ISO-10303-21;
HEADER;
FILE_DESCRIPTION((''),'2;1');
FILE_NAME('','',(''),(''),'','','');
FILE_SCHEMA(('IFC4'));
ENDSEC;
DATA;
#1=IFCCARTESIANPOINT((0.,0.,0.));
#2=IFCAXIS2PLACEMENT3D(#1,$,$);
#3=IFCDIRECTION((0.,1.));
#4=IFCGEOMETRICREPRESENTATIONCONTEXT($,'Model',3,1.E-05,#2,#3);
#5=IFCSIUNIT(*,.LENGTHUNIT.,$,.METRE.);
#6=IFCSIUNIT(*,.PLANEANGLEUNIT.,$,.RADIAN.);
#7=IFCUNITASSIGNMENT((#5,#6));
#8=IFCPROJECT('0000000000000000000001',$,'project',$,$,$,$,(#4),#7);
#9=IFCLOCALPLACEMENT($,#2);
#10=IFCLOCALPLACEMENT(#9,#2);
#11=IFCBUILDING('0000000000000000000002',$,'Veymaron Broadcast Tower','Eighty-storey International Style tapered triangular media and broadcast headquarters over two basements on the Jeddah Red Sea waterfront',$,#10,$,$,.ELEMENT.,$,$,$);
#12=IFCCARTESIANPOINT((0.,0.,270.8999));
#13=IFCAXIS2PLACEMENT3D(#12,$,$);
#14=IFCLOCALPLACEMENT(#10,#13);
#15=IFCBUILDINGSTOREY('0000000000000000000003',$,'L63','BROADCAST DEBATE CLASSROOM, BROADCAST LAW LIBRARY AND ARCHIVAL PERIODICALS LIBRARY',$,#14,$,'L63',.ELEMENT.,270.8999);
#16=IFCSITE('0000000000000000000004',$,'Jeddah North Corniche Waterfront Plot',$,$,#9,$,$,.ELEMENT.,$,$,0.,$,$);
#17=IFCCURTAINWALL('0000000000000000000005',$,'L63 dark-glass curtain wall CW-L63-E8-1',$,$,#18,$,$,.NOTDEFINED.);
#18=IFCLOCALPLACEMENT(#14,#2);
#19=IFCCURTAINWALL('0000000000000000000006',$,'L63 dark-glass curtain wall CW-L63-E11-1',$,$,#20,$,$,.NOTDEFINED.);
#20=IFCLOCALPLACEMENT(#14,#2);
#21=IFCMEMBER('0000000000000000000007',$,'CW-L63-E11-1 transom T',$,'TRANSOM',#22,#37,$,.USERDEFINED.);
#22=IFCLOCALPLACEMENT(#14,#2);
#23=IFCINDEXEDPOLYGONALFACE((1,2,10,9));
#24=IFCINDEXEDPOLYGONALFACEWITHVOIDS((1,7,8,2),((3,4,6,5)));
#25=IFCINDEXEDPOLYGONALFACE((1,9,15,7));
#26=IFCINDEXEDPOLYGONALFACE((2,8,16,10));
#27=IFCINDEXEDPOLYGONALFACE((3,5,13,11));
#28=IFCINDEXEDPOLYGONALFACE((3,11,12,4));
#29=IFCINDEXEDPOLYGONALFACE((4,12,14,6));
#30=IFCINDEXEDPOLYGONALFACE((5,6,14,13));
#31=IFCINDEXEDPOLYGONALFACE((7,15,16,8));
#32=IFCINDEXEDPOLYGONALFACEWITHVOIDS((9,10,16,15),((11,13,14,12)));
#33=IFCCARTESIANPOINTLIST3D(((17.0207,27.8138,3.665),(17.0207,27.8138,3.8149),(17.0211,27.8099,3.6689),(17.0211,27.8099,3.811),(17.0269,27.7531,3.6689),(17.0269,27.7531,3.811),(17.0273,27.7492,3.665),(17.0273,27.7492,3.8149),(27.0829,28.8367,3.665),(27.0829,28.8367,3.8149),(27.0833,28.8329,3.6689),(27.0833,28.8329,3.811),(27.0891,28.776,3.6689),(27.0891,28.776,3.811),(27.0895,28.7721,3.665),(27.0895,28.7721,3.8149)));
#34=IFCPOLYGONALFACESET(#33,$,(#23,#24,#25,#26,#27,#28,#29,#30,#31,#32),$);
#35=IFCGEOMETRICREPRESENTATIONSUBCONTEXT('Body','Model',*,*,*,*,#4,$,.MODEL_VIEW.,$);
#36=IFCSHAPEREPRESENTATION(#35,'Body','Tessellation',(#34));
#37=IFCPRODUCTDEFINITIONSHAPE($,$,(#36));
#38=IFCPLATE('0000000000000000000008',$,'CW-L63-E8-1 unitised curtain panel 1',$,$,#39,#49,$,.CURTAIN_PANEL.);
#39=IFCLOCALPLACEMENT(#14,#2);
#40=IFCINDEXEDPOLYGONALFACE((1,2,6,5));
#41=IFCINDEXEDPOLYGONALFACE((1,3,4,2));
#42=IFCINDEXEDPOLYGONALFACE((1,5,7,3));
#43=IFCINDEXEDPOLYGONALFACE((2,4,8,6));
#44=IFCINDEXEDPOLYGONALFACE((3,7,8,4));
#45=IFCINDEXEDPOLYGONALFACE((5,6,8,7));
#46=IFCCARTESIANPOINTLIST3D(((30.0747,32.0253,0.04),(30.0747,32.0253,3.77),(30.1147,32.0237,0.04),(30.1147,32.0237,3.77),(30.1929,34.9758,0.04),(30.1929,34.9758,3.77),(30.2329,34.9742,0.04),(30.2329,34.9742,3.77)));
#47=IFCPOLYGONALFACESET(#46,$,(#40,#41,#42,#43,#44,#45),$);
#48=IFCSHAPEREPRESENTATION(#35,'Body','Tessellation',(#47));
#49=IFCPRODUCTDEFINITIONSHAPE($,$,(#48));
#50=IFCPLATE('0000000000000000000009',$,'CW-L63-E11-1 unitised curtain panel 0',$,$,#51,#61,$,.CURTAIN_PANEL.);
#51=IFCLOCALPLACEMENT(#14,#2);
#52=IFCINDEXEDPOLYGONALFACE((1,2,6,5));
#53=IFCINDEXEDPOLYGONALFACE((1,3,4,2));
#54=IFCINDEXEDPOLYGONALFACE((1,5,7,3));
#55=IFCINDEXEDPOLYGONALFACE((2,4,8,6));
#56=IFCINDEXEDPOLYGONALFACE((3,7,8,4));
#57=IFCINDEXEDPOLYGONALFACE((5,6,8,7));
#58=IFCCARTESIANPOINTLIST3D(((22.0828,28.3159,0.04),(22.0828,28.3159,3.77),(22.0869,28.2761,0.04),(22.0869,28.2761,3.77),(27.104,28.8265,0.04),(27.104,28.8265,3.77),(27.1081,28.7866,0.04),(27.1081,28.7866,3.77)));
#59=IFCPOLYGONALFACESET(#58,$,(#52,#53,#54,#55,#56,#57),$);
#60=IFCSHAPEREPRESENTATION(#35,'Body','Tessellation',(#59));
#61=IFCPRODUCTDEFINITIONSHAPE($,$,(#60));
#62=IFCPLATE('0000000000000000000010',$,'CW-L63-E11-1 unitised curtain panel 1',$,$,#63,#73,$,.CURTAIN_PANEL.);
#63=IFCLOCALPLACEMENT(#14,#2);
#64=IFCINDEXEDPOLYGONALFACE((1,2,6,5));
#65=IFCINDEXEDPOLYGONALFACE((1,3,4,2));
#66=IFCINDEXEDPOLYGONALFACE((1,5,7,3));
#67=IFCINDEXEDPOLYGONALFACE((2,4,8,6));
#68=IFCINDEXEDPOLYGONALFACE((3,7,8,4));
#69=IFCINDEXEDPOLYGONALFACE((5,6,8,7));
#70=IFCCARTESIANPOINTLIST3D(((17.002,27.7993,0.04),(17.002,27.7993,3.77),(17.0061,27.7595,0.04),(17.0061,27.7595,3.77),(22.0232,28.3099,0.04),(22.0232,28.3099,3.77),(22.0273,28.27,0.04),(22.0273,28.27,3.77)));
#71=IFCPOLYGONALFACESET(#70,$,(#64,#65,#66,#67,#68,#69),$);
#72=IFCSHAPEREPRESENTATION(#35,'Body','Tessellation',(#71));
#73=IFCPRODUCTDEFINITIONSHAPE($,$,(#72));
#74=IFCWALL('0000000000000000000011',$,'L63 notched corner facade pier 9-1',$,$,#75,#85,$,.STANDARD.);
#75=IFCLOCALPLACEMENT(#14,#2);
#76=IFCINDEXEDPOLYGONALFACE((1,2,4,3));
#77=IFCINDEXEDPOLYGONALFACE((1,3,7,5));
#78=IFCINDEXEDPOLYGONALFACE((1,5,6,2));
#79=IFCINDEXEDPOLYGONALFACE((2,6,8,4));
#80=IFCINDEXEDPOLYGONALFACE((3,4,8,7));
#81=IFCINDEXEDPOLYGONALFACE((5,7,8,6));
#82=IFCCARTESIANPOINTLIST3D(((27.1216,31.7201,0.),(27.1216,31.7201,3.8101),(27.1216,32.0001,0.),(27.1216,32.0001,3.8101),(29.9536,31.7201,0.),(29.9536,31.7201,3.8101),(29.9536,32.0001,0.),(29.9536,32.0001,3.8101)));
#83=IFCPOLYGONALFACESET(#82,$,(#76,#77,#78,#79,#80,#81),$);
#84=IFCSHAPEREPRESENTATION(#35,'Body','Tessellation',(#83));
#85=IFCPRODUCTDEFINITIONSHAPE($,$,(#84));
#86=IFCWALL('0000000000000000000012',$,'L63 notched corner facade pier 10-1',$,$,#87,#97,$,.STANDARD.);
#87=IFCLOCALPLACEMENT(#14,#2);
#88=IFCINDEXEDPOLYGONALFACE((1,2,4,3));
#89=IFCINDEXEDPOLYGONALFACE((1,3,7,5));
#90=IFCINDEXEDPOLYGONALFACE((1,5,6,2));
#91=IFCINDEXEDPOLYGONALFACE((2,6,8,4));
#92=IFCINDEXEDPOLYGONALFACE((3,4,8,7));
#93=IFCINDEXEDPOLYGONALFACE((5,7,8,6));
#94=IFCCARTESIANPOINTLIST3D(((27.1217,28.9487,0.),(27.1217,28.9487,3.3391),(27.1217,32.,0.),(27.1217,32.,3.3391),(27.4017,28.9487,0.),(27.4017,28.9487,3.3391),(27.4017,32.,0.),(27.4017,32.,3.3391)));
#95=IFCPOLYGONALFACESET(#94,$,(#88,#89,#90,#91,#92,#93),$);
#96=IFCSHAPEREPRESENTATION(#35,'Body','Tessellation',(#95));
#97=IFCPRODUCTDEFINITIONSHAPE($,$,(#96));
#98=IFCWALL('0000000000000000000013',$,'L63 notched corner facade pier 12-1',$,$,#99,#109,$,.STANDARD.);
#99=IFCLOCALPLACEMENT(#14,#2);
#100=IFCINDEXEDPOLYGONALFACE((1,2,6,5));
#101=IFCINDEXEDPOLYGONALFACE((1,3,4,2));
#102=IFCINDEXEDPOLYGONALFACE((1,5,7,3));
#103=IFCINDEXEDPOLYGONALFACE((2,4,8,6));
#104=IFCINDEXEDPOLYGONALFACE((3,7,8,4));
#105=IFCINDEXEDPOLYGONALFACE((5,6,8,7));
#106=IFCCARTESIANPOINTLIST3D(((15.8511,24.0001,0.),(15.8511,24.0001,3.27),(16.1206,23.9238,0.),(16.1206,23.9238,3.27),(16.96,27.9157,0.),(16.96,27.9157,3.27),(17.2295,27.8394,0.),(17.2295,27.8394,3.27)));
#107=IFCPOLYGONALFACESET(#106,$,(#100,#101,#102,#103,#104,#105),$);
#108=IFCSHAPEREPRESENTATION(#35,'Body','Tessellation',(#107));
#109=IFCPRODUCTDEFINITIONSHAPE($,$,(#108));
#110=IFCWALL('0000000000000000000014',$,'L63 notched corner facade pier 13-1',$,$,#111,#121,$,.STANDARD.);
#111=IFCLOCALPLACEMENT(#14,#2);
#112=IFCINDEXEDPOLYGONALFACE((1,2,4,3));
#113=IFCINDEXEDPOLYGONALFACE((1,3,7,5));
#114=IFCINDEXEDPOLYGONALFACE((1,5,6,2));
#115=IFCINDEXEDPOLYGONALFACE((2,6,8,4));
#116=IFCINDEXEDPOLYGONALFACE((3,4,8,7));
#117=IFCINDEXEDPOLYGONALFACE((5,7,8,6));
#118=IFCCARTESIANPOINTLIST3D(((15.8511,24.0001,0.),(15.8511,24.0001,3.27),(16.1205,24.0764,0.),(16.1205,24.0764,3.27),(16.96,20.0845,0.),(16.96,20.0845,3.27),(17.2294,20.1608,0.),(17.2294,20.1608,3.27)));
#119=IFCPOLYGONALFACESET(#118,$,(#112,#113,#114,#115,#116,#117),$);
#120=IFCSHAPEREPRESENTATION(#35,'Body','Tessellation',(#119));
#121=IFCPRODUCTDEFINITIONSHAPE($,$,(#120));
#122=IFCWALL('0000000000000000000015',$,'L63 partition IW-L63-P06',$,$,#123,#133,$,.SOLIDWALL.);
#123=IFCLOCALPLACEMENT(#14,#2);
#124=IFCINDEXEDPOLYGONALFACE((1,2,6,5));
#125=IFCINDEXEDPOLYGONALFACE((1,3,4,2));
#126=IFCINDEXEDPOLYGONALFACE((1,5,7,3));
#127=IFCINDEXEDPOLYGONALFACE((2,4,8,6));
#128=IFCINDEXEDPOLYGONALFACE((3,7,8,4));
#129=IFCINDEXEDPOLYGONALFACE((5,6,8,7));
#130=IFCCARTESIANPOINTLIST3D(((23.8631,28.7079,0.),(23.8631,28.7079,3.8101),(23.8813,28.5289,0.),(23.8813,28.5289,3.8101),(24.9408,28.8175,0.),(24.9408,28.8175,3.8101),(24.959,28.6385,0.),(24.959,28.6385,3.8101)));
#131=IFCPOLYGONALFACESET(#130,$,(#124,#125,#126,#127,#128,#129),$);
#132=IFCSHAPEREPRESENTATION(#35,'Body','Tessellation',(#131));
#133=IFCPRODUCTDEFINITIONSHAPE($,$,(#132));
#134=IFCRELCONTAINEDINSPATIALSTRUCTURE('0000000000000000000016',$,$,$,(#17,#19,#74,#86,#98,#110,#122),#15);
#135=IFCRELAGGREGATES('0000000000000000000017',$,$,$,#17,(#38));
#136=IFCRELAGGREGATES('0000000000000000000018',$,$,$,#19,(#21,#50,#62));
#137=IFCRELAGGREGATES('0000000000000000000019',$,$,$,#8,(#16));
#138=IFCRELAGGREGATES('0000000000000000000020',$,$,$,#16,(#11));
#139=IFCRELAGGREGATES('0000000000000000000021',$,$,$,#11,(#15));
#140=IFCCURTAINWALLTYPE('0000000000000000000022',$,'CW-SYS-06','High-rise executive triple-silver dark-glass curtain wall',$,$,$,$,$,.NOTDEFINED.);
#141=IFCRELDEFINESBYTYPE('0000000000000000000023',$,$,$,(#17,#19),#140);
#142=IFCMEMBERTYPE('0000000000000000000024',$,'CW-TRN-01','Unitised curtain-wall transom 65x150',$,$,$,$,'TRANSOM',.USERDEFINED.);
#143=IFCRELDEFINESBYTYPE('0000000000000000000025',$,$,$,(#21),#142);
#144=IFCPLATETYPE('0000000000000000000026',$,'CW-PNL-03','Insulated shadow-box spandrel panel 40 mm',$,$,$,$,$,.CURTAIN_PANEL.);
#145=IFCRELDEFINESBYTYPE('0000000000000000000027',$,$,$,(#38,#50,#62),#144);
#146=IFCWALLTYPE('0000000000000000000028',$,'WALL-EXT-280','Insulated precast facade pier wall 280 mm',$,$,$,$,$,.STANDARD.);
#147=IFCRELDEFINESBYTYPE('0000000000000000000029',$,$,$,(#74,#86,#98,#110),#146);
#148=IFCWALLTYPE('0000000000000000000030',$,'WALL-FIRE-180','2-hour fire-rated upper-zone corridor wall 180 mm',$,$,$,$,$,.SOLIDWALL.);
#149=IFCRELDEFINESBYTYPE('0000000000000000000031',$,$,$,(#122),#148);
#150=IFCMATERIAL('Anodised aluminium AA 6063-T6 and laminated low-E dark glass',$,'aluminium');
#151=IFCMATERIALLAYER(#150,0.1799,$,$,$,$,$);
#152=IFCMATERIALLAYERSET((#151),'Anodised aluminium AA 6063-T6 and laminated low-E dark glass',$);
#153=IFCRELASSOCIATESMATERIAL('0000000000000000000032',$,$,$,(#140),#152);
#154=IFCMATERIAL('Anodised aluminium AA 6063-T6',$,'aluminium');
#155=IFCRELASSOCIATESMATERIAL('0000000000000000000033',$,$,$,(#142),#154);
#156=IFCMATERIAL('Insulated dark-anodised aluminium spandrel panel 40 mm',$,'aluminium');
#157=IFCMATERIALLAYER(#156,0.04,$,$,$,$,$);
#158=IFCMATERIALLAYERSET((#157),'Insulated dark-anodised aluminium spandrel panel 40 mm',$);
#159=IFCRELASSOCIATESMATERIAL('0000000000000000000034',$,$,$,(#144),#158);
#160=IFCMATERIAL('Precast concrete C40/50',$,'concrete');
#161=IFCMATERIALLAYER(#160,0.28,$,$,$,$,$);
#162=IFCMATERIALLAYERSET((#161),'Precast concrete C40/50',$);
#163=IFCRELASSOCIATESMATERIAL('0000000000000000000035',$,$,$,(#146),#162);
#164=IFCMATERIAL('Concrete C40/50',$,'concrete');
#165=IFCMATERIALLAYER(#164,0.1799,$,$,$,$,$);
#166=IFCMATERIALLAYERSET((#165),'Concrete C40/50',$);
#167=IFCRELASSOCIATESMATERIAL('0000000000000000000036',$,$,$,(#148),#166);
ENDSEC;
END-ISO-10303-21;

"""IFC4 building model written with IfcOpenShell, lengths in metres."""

from ifc_helpers import new_model, si_unit, direction, frame, frame_2d, origin, origin_2d, place, context, subcontext, project, spatial, rectangle, hollow_rectangle, extrude, material, layer, layer_set, material_profile, profile_set, type_object, element, aggregate, save


model = new_model("IFC4")

# Units and contexts
model_context = context("Model", 3, precision=1e-05, world=origin(), true_north=direction((0.0, 1.0)))
body_context = subcontext(model_context, "Body", "Model", "MODEL_VIEW")
ifc_project = project(units=[si_unit("LENGTHUNIT", "METRE"), si_unit("PLANEANGLEUNIT", "RADIAN")], contexts=[model_context])

# Site, building, storey
site_placement = place(None, origin())
site = spatial("IfcSite", under=ifc_project, at=site_placement, Name="Jeddah North Corniche Waterfront Plot", CompositionType="ELEMENT", RefElevation=0.0)
building_placement = place(site_placement, origin())
building = spatial("IfcBuilding", under=site, at=building_placement, Name="Veymaron Broadcast Tower", Description="Eighty-storey International Style tapered triangular media and broadcast headquarters over two basements on the Jeddah Red Sea waterfront", CompositionType="ELEMENT")
storey_placement = place(building_placement, frame((0.0, 0.0, 270.8999)))
storey = spatial("IfcBuildingStorey", under=building, at=storey_placement, Name="L63", Description="BROADCAST DEBATE CLASSROOM, BROADCAST LAW LIBRARY AND ARCHIVAL PERIODICALS LIBRARY", LongName="L63", CompositionType="ELEMENT", Elevation=270.8999)

# Shared definitions
ifc_material_1 = material(Name="Anodised aluminium AA 6063-T6 and laminated low-E dark glass", Category="aluminium")
ifc_layer_1 = layer(ifc_material_1, 0.1799)
ifc_layer_set_1 = layer_set([ifc_layer_1], Name="Anodised aluminium AA 6063-T6 and laminated low-E dark glass")
curtain_wall_type = type_object("IfcCurtainWallType", Name="CW-SYS-06", Description="High-rise executive triple-silver dark-glass curtain wall", PredefinedType="NOTDEFINED", material=ifc_layer_set_1)
ifc_material_2 = material(Name="Anodised aluminium AA 6063-T6", Category="aluminium")

# Curtain walls, member
curtain_wall_1_placement = place(storey_placement, origin())
curtain_wall_1 = element("IfcCurtainWall", 1, at=curtain_wall_1_placement, inside=storey, type_object=curtain_wall_type, Name="L63 dark-glass curtain wall CW-L63-E8-1", PredefinedType="NOTDEFINED")
curtain_wall_2_placement = place(storey_placement, origin())
curtain_wall_2 = element("IfcCurtainWall", 2, at=curtain_wall_2_placement, inside=storey, type_object=curtain_wall_type, Name="L63 dark-glass curtain wall CW-L63-E11-1", PredefinedType="NOTDEFINED")
ifc_material_profile_1 = material_profile(ifc_material_2, hollow_rectangle(XDim=0.0649, YDim=0.1499, WallThickness=0.0039, at=origin_2d()), Name="AL150X65X4")
ifc_profile_set_1 = profile_set([ifc_material_profile_1], Name="Anodised aluminium AA 6063-T6")
member_type_1 = type_object("IfcMemberType", Name="CW-TRN-01", Description="Unitised curtain-wall transom 65x150", ElementType="TRANSOM", PredefinedType="USERDEFINED", material=ifc_profile_set_1)
member_1_placement = place(storey_placement, frame((27.0862, 28.8044, 3.74), z_axis=(-0.994872, -0.101141, 0.0), x_axis=(0.101141, -0.994872, 0.0)))
member_1 = element("IfcMember", 3, at=member_1_placement, type_object=member_type_1, Name="CW-L63-E11-1 transom T", ObjectType="TRANSOM", PredefinedType="USERDEFINED", context=body_context, shape_type="SweptSolid", body=[
    extrude(hollow_rectangle(XDim=0.0649, YDim=0.1499, WallThickness=0.0039, at=origin_2d()), origin(), (0.0, 0.0, 1.0), 10.114),
])

# Plates
ifc_material_3 = material(Name="Insulated dark-anodised aluminium spandrel panel 40 mm", Category="aluminium")
ifc_layer_2 = layer(ifc_material_3, 0.04)
ifc_layer_set_2 = layer_set([ifc_layer_2], Name="Insulated dark-anodised aluminium spandrel panel 40 mm")
plate_type = type_object("IfcPlateType", Name="CW-PNL-03", Description="Insulated shadow-box spandrel panel 40 mm", PredefinedType="CURTAIN_PANEL", material=ifc_layer_set_2)
plate_1_placement = place(storey_placement, frame((30.1538, 33.4998, 0.04), z_axis=(0.0, 0.0, 1.0), x_axis=(-0.040045, -0.999198, 0.0)))
plate_1 = element("IfcPlate", 4, at=plate_1_placement, type_object=plate_type, Name="CW-L63-E8-1 unitised curtain panel 1", PredefinedType="CURTAIN_PANEL", context=body_context, shape_type="SweptSolid", body=[
    extrude(rectangle(XDim=2.9529, YDim=0.04, at=origin_2d()), origin(), (0.0, 0.0, 1.0), 3.73),
])
aggregate(curtain_wall_1, [plate_1])
plate_2_placement = place(storey_placement, frame((24.5955, 28.5513, 0.04), z_axis=(0.0, 0.0, 1.0), x_axis=(-0.99487, -0.10116, 0.0)))
plate_2 = element("IfcPlate", 5, at=plate_2_placement, type_object=plate_type, Name="CW-L63-E11-1 unitised curtain panel 0", PredefinedType="CURTAIN_PANEL", context=body_context, shape_type="SweptSolid", body=[
    extrude(rectangle(XDim=5.0471, YDim=0.04, at=origin_2d()), origin(), (0.0, 0.0, 1.0), 3.73),
])
plate_3_placement = place(storey_placement, frame((19.5146, 28.0347, 0.04), z_axis=(0.0, 0.0, 1.0), x_axis=(-0.99487, -0.10116, 0.0)))
plate_3 = element("IfcPlate", 6, at=plate_3_placement, type_object=plate_type, Name="CW-L63-E11-1 unitised curtain panel 1", PredefinedType="CURTAIN_PANEL", context=body_context, shape_type="SweptSolid", body=[
    extrude(rectangle(XDim=5.0471, YDim=0.04, at=origin_2d()), origin(), (0.0, 0.0, 1.0), 3.73),
])
aggregate(curtain_wall_2, [member_1, plate_2, plate_3])

# Walls
ifc_material_4 = material(Name="Precast concrete C40/50", Category="concrete")
ifc_layer_3 = layer(ifc_material_4, 0.28)
ifc_layer_set_3 = layer_set([ifc_layer_3], Name="Precast concrete C40/50")
wall_type_1 = type_object("IfcWallType", Name="WALL-EXT-280", Description="Insulated precast facade pier wall 280 mm", PredefinedType="STANDARD", material=ifc_layer_set_3)
wall_1_placement = place(storey_placement, frame((29.9536, 31.8601, 0.0), z_axis=(0.0, 0.0, 1.0), x_axis=(-1.0, 0.0, 0.0)))
element("IfcWall", 7, at=wall_1_placement, inside=storey, type_object=wall_type_1, Name="L63 notched corner facade pier 9-1", PredefinedType="STANDARD", context=body_context, shape_type="SweptSolid", body=[
    extrude(rectangle(XDim=2.832, YDim=0.28, at=frame_2d((1.416, 0.0))), origin(), (0.0, 0.0, 1.0), 3.8101),
])
wall_2_placement = place(storey_placement, frame((27.2617, 32.0, 0.0), z_axis=(0.0, 0.0, 1.0), x_axis=(0.0, -1.0, 0.0)))
element("IfcWall", 8, at=wall_2_placement, inside=storey, type_object=wall_type_1, Name="L63 notched corner facade pier 10-1", PredefinedType="STANDARD", context=body_context, shape_type="SweptSolid", body=[
    extrude(rectangle(XDim=3.0513, YDim=0.28, at=frame_2d((1.5256, 0.0))), origin(), (0.0, 0.0, 1.0), 3.3391),
])
for number, where, z_axis, x_axis, name in (
    (9, (17.0947, 27.8774, 0.0), (0.0, 0.0, 1.0), (-0.272486, -0.96216, 0.0), "L63 notched corner facade pier 12-1"),
    (10, (15.9858, 24.0381, 0.0), (0.0, 0.0, 1.0), (0.272486, -0.96216, 0.0), "L63 notched corner facade pier 13-1"),
):
    element("IfcWall", number, at=place(storey_placement, frame(where, z_axis=z_axis, x_axis=x_axis)), inside=storey, type_object=wall_type_1, Name=name, PredefinedType="STANDARD", context=body_context, shape_type="SweptSolid", body=[
        extrude(rectangle(XDim=4.0696, YDim=0.28, at=frame_2d((2.0347, 0.0))), origin(), (0.0, 0.0, 1.0), 3.27),
    ])
ifc_material_5 = material(Name="Concrete C40/50", Category="concrete")
ifc_layer_4 = layer(ifc_material_5, 0.1799)
ifc_layer_set_4 = layer_set([ifc_layer_4], Name="Concrete C40/50")
wall_type_2 = type_object("IfcWallType", Name="WALL-FIRE-180", Description="2-hour fire-rated upper-zone corridor wall 180 mm", PredefinedType="SOLIDWALL", material=ifc_layer_set_4)
wall_3_placement = place(storey_placement, frame((23.8723, 28.6184, 0.0), z_axis=(0.0, 0.0, 1.0), x_axis=(0.994866, 0.1012, 0.0)))
element("IfcWall", 11, at=wall_3_placement, inside=storey, type_object=wall_type_2, Name="L63 partition IW-L63-P06", PredefinedType="SOLIDWALL", context=body_context, shape_type="SweptSolid", body=[
    extrude(rectangle(XDim=1.0833, YDim=0.1799, at=frame_2d((0.5415, 0.0))), origin(), (0.0, 0.0, 1.0), 3.8101),
])

save(model, "model.ifc")
